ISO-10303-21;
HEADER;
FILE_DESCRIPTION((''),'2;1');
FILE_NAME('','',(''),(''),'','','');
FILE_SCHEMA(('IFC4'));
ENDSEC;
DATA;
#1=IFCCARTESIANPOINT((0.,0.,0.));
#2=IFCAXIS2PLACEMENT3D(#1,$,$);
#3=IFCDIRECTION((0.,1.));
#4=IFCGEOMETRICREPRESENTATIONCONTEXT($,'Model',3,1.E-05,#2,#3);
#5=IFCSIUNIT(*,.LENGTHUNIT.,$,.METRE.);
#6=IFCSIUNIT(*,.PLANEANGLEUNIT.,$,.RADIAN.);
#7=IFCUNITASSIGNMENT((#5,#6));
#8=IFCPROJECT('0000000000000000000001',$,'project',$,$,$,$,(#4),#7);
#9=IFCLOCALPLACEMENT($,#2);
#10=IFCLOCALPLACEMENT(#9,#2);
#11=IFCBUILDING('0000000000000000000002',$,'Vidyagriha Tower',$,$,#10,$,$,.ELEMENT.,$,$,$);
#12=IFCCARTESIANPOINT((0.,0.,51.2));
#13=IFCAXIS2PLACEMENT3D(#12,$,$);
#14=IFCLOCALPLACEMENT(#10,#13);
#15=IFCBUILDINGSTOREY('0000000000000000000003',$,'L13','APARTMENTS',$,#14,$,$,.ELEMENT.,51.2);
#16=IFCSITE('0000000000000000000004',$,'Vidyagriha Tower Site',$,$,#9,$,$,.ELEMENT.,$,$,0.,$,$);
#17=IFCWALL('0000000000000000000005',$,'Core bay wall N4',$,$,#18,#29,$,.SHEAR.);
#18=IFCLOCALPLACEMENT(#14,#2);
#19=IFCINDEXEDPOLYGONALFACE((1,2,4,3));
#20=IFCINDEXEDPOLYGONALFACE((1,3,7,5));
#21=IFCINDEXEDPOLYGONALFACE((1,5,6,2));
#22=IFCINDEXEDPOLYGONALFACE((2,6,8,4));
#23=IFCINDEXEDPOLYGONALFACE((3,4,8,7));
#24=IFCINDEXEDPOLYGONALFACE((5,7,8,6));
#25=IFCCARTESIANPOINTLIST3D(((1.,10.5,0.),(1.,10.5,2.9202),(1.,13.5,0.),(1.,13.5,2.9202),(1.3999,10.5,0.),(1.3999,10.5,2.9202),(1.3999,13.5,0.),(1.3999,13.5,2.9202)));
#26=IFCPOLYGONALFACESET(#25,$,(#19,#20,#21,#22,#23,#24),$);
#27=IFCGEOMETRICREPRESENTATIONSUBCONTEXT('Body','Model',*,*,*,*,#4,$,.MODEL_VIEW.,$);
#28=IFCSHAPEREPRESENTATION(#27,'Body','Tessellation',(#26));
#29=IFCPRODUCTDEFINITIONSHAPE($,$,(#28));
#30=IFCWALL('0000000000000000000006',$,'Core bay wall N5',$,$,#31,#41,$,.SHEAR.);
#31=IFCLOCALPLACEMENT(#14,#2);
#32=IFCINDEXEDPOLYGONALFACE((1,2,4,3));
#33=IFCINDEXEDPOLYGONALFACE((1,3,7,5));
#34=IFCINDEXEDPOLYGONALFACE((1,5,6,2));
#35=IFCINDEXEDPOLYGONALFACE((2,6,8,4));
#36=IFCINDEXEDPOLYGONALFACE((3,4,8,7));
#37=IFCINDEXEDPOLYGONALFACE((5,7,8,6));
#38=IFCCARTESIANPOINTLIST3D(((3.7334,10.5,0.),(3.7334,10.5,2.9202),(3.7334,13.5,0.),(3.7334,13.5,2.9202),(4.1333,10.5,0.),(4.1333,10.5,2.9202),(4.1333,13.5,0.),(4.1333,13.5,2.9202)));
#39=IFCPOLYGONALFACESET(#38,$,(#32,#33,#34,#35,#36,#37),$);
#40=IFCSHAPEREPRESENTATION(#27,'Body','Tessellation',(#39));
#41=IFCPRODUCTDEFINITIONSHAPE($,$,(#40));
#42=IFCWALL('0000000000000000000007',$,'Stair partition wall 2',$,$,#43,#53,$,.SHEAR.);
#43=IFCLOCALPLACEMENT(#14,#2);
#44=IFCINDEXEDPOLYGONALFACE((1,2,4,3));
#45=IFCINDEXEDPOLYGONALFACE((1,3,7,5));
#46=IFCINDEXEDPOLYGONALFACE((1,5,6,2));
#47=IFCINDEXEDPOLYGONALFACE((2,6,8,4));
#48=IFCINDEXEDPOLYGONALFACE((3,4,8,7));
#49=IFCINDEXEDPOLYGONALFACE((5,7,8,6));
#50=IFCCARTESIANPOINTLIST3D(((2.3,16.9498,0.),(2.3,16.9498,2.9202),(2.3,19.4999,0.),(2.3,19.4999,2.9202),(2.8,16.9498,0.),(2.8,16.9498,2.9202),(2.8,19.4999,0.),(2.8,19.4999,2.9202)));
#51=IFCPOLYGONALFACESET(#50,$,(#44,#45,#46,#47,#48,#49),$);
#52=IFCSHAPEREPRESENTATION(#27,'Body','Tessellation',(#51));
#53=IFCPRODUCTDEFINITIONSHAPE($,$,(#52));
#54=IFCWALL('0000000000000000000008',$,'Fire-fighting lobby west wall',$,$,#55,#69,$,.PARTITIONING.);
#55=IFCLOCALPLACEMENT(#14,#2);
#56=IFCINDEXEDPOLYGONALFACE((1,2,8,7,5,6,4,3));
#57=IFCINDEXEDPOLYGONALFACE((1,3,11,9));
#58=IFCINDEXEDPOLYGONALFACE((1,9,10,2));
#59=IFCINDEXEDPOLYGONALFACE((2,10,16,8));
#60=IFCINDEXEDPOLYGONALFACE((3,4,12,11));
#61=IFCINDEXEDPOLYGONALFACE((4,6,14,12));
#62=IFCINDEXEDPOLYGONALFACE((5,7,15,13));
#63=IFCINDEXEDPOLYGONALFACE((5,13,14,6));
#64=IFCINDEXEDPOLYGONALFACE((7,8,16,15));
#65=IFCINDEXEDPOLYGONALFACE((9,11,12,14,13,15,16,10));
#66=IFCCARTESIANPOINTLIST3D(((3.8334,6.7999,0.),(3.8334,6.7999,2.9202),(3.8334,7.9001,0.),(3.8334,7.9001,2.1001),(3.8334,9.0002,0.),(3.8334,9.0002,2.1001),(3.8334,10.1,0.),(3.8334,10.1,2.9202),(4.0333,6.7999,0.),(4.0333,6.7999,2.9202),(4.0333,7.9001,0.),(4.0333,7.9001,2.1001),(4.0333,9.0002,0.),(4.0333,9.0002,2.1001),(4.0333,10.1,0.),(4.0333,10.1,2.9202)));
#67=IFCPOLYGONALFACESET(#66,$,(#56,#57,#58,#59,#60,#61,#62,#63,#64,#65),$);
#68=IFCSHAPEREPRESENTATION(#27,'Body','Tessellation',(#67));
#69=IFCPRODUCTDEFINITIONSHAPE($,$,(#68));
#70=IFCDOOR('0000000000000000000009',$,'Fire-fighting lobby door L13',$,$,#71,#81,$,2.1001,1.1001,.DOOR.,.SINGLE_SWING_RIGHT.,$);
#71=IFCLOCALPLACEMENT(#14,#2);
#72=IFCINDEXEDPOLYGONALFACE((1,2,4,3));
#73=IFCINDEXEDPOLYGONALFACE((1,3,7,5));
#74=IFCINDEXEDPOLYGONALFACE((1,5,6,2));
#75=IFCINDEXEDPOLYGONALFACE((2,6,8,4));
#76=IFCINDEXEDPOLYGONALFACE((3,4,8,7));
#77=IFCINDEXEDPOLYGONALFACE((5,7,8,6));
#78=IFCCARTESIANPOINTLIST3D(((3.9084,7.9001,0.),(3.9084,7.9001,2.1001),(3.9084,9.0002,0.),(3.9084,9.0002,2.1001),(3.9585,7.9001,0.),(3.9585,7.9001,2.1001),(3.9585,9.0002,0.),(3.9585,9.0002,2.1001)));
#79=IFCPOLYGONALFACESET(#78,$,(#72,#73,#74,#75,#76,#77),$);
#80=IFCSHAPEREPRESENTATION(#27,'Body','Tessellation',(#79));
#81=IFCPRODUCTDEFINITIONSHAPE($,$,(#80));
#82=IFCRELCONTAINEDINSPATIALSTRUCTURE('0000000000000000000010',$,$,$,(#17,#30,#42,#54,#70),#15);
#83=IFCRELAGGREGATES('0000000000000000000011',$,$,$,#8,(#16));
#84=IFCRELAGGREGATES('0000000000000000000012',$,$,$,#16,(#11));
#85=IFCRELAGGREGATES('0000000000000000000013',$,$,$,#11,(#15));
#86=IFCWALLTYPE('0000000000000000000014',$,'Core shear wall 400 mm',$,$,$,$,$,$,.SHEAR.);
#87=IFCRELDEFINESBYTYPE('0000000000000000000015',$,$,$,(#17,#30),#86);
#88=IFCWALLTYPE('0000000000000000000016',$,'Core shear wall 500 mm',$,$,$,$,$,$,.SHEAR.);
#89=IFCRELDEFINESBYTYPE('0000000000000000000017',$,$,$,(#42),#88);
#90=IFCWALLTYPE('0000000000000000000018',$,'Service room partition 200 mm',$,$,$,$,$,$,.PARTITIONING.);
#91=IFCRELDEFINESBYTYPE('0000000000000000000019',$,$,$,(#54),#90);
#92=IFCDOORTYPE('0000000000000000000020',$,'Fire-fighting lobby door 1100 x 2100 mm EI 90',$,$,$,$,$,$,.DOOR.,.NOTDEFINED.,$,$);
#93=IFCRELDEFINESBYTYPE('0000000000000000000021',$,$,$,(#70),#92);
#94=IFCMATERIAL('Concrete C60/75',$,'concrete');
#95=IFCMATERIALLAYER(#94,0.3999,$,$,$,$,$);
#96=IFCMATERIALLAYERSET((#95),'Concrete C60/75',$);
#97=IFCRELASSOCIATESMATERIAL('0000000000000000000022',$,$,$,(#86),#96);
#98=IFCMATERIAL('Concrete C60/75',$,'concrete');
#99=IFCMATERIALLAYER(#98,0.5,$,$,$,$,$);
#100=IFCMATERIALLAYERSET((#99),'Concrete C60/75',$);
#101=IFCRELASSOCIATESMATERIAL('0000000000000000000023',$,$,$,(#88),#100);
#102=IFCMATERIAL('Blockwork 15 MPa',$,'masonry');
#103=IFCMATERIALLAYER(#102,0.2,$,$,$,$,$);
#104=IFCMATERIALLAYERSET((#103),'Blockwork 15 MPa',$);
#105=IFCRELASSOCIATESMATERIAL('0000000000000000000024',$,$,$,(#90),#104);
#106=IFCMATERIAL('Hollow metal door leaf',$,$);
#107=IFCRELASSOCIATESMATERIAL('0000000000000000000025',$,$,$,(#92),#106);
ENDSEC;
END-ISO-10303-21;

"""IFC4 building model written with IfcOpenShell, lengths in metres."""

from ifc_helpers import new_model, si_unit, direction, frame, frame_2d, origin, place, context, subcontext, project, spatial, rectangle, extrude, material, layer, layer_set, type_object, element, fill, save


model = new_model("IFC4")

# Units and contexts
model_context = context("Model", 3, precision=1e-05, world=origin(), true_north=direction((0.0, 1.0)))
body_context = subcontext(model_context, "Body", "Model", "MODEL_VIEW")
ifc_project = project(units=[si_unit("LENGTHUNIT", "METRE"), si_unit("PLANEANGLEUNIT", "RADIAN")], contexts=[model_context])

# Site, building, storey
site_placement = place(None, origin())
site = spatial("IfcSite", under=ifc_project, at=site_placement, Name="Vidyagriha Tower Site", CompositionType="ELEMENT", RefElevation=0.0)
building_placement = place(site_placement, origin())
building = spatial("IfcBuilding", under=site, at=building_placement, Name="Vidyagriha Tower", CompositionType="ELEMENT")
storey_placement = place(building_placement, frame((0.0, 0.0, 51.2)))
storey = spatial("IfcBuildingStorey", under=building, at=storey_placement, Name="L13", Description="APARTMENTS", CompositionType="ELEMENT", Elevation=51.2)

# Shared definitions
ifc_material_1 = material(Name="Concrete C60/75", Category="concrete")
ifc_layer_1 = layer(ifc_material_1, 0.3999)
ifc_layer_set_1 = layer_set([ifc_layer_1], Name="Concrete C60/75")
wall_type_1 = type_object("IfcWallType", Name="Core shear wall 400 mm", PredefinedType="SHEAR", material=ifc_layer_set_1)

# Walls
for number, where, z_axis, x_axis, name in (
    (1, (1.2, 10.5, 0.0), (0.0, 0.0, 1.0), (0.0, 1.0, 0.0), "Core bay wall N4"),
    (2, (3.9333, 10.5, 0.0), (0.0, 0.0, 1.0), (0.0, 1.0, 0.0), "Core bay wall N5"),
):
    element("IfcWall", number, at=place(storey_placement, frame(where, z_axis=z_axis, x_axis=x_axis)), inside=storey, type_object=wall_type_1, Name=name, PredefinedType="SHEAR", context=body_context, shape_type="SweptSolid", body=[
        extrude(rectangle(XDim=3.0, YDim=0.3999, at=frame_2d((1.5, 0.0))), origin(), (0.0, 0.0, 1.0), 2.9202),
    ])
ifc_material_2 = material(Name="Concrete C60/75", Category="concrete")
ifc_layer_2 = layer(ifc_material_2, 0.5)
ifc_layer_set_2 = layer_set([ifc_layer_2], Name="Concrete C60/75")
wall_type_2 = type_object("IfcWallType", Name="Core shear wall 500 mm", PredefinedType="SHEAR", material=ifc_layer_set_2)
wall_1_placement = place(storey_placement, frame((2.55, 16.95, 0.0), z_axis=(0.0, 0.0, 1.0), x_axis=(0.0, 1.0, 0.0)))
element("IfcWall", 3, at=wall_1_placement, inside=storey, type_object=wall_type_2, Name="Stair partition wall 2", PredefinedType="SHEAR", context=body_context, shape_type="SweptSolid", body=[
    extrude(rectangle(XDim=2.55, YDim=0.5, at=frame_2d((1.2749, 0.0))), origin(), (0.0, 0.0, 1.0), 2.9202),
])

# Wall, opening, door
ifc_material_3 = material(Name="Blockwork 15 MPa", Category="masonry")
ifc_layer_3 = layer(ifc_material_3, 0.2)
ifc_layer_set_3 = layer_set([ifc_layer_3], Name="Blockwork 15 MPa")
wall_type_3 = type_object("IfcWallType", Name="Service room partition 200 mm", PredefinedType="PARTITIONING", material=ifc_layer_set_3)
wall_2_placement = place(storey_placement, frame((3.9333, 6.8, 0.0), z_axis=(0.0, 0.0, 1.0), x_axis=(0.0, 1.0, 0.0)))
wall_2 = element("IfcWall", 4, at=wall_2_placement, inside=storey, type_object=wall_type_3, Name="Fire-fighting lobby west wall", PredefinedType="PARTITIONING", context=body_context, shape_type="SweptSolid", body=[
    extrude(rectangle(XDim=3.3, YDim=0.2, at=frame_2d((1.6499, 0.0))), origin(), (0.0, 0.0, 1.0), 2.9202),
])
opening_1_placement = place(wall_2_placement, frame((1.1001, 0.0, 0.0)))
opening_1 = element("IfcOpeningElement", 5, at=opening_1_placement, cuts=wall_2, PredefinedType="OPENING", context=body_context, shape_type="SweptSolid", body=[
    extrude(rectangle(XDim=1.1001, YDim=2.1001, at=frame_2d((0.55, 1.05))), frame((0.0, 0.1099, 0.0), z_axis=(0.0, -1.0, 0.0), x_axis=(1.0, 0.0, 0.0)), (0.0, 0.0, 1.0), 0.22),
])
ifc_material_4 = material(Name="Hollow metal door leaf")
door_type_1 = type_object("IfcDoorType", Name="Fire-fighting lobby door 1100 x 2100 mm EI 90", OperationType="NOTDEFINED", PredefinedType="DOOR", material=ifc_material_4)
door_1_placement = place(opening_1_placement, origin())
door_1 = element("IfcDoor", 6, at=door_1_placement, inside=storey, type_object=door_type_1, Name="Fire-fighting lobby door L13", OperationType="SINGLE_SWING_RIGHT", OverallHeight=2.1001, OverallWidth=1.1001, PredefinedType="DOOR", context=body_context, shape_type="SweptSolid", body=[
    extrude(rectangle(XDim=1.1001, YDim=2.1001, at=frame_2d((0.55, 1.05))), frame((0.0, 0.0249, 0.0), z_axis=(0.0, -1.0, 0.0), x_axis=(1.0, 0.0, 0.0)), (0.0, 0.0, 1.0), 0.05),
])
fill(opening_1, door_1)

save(model, "model.ifc")
